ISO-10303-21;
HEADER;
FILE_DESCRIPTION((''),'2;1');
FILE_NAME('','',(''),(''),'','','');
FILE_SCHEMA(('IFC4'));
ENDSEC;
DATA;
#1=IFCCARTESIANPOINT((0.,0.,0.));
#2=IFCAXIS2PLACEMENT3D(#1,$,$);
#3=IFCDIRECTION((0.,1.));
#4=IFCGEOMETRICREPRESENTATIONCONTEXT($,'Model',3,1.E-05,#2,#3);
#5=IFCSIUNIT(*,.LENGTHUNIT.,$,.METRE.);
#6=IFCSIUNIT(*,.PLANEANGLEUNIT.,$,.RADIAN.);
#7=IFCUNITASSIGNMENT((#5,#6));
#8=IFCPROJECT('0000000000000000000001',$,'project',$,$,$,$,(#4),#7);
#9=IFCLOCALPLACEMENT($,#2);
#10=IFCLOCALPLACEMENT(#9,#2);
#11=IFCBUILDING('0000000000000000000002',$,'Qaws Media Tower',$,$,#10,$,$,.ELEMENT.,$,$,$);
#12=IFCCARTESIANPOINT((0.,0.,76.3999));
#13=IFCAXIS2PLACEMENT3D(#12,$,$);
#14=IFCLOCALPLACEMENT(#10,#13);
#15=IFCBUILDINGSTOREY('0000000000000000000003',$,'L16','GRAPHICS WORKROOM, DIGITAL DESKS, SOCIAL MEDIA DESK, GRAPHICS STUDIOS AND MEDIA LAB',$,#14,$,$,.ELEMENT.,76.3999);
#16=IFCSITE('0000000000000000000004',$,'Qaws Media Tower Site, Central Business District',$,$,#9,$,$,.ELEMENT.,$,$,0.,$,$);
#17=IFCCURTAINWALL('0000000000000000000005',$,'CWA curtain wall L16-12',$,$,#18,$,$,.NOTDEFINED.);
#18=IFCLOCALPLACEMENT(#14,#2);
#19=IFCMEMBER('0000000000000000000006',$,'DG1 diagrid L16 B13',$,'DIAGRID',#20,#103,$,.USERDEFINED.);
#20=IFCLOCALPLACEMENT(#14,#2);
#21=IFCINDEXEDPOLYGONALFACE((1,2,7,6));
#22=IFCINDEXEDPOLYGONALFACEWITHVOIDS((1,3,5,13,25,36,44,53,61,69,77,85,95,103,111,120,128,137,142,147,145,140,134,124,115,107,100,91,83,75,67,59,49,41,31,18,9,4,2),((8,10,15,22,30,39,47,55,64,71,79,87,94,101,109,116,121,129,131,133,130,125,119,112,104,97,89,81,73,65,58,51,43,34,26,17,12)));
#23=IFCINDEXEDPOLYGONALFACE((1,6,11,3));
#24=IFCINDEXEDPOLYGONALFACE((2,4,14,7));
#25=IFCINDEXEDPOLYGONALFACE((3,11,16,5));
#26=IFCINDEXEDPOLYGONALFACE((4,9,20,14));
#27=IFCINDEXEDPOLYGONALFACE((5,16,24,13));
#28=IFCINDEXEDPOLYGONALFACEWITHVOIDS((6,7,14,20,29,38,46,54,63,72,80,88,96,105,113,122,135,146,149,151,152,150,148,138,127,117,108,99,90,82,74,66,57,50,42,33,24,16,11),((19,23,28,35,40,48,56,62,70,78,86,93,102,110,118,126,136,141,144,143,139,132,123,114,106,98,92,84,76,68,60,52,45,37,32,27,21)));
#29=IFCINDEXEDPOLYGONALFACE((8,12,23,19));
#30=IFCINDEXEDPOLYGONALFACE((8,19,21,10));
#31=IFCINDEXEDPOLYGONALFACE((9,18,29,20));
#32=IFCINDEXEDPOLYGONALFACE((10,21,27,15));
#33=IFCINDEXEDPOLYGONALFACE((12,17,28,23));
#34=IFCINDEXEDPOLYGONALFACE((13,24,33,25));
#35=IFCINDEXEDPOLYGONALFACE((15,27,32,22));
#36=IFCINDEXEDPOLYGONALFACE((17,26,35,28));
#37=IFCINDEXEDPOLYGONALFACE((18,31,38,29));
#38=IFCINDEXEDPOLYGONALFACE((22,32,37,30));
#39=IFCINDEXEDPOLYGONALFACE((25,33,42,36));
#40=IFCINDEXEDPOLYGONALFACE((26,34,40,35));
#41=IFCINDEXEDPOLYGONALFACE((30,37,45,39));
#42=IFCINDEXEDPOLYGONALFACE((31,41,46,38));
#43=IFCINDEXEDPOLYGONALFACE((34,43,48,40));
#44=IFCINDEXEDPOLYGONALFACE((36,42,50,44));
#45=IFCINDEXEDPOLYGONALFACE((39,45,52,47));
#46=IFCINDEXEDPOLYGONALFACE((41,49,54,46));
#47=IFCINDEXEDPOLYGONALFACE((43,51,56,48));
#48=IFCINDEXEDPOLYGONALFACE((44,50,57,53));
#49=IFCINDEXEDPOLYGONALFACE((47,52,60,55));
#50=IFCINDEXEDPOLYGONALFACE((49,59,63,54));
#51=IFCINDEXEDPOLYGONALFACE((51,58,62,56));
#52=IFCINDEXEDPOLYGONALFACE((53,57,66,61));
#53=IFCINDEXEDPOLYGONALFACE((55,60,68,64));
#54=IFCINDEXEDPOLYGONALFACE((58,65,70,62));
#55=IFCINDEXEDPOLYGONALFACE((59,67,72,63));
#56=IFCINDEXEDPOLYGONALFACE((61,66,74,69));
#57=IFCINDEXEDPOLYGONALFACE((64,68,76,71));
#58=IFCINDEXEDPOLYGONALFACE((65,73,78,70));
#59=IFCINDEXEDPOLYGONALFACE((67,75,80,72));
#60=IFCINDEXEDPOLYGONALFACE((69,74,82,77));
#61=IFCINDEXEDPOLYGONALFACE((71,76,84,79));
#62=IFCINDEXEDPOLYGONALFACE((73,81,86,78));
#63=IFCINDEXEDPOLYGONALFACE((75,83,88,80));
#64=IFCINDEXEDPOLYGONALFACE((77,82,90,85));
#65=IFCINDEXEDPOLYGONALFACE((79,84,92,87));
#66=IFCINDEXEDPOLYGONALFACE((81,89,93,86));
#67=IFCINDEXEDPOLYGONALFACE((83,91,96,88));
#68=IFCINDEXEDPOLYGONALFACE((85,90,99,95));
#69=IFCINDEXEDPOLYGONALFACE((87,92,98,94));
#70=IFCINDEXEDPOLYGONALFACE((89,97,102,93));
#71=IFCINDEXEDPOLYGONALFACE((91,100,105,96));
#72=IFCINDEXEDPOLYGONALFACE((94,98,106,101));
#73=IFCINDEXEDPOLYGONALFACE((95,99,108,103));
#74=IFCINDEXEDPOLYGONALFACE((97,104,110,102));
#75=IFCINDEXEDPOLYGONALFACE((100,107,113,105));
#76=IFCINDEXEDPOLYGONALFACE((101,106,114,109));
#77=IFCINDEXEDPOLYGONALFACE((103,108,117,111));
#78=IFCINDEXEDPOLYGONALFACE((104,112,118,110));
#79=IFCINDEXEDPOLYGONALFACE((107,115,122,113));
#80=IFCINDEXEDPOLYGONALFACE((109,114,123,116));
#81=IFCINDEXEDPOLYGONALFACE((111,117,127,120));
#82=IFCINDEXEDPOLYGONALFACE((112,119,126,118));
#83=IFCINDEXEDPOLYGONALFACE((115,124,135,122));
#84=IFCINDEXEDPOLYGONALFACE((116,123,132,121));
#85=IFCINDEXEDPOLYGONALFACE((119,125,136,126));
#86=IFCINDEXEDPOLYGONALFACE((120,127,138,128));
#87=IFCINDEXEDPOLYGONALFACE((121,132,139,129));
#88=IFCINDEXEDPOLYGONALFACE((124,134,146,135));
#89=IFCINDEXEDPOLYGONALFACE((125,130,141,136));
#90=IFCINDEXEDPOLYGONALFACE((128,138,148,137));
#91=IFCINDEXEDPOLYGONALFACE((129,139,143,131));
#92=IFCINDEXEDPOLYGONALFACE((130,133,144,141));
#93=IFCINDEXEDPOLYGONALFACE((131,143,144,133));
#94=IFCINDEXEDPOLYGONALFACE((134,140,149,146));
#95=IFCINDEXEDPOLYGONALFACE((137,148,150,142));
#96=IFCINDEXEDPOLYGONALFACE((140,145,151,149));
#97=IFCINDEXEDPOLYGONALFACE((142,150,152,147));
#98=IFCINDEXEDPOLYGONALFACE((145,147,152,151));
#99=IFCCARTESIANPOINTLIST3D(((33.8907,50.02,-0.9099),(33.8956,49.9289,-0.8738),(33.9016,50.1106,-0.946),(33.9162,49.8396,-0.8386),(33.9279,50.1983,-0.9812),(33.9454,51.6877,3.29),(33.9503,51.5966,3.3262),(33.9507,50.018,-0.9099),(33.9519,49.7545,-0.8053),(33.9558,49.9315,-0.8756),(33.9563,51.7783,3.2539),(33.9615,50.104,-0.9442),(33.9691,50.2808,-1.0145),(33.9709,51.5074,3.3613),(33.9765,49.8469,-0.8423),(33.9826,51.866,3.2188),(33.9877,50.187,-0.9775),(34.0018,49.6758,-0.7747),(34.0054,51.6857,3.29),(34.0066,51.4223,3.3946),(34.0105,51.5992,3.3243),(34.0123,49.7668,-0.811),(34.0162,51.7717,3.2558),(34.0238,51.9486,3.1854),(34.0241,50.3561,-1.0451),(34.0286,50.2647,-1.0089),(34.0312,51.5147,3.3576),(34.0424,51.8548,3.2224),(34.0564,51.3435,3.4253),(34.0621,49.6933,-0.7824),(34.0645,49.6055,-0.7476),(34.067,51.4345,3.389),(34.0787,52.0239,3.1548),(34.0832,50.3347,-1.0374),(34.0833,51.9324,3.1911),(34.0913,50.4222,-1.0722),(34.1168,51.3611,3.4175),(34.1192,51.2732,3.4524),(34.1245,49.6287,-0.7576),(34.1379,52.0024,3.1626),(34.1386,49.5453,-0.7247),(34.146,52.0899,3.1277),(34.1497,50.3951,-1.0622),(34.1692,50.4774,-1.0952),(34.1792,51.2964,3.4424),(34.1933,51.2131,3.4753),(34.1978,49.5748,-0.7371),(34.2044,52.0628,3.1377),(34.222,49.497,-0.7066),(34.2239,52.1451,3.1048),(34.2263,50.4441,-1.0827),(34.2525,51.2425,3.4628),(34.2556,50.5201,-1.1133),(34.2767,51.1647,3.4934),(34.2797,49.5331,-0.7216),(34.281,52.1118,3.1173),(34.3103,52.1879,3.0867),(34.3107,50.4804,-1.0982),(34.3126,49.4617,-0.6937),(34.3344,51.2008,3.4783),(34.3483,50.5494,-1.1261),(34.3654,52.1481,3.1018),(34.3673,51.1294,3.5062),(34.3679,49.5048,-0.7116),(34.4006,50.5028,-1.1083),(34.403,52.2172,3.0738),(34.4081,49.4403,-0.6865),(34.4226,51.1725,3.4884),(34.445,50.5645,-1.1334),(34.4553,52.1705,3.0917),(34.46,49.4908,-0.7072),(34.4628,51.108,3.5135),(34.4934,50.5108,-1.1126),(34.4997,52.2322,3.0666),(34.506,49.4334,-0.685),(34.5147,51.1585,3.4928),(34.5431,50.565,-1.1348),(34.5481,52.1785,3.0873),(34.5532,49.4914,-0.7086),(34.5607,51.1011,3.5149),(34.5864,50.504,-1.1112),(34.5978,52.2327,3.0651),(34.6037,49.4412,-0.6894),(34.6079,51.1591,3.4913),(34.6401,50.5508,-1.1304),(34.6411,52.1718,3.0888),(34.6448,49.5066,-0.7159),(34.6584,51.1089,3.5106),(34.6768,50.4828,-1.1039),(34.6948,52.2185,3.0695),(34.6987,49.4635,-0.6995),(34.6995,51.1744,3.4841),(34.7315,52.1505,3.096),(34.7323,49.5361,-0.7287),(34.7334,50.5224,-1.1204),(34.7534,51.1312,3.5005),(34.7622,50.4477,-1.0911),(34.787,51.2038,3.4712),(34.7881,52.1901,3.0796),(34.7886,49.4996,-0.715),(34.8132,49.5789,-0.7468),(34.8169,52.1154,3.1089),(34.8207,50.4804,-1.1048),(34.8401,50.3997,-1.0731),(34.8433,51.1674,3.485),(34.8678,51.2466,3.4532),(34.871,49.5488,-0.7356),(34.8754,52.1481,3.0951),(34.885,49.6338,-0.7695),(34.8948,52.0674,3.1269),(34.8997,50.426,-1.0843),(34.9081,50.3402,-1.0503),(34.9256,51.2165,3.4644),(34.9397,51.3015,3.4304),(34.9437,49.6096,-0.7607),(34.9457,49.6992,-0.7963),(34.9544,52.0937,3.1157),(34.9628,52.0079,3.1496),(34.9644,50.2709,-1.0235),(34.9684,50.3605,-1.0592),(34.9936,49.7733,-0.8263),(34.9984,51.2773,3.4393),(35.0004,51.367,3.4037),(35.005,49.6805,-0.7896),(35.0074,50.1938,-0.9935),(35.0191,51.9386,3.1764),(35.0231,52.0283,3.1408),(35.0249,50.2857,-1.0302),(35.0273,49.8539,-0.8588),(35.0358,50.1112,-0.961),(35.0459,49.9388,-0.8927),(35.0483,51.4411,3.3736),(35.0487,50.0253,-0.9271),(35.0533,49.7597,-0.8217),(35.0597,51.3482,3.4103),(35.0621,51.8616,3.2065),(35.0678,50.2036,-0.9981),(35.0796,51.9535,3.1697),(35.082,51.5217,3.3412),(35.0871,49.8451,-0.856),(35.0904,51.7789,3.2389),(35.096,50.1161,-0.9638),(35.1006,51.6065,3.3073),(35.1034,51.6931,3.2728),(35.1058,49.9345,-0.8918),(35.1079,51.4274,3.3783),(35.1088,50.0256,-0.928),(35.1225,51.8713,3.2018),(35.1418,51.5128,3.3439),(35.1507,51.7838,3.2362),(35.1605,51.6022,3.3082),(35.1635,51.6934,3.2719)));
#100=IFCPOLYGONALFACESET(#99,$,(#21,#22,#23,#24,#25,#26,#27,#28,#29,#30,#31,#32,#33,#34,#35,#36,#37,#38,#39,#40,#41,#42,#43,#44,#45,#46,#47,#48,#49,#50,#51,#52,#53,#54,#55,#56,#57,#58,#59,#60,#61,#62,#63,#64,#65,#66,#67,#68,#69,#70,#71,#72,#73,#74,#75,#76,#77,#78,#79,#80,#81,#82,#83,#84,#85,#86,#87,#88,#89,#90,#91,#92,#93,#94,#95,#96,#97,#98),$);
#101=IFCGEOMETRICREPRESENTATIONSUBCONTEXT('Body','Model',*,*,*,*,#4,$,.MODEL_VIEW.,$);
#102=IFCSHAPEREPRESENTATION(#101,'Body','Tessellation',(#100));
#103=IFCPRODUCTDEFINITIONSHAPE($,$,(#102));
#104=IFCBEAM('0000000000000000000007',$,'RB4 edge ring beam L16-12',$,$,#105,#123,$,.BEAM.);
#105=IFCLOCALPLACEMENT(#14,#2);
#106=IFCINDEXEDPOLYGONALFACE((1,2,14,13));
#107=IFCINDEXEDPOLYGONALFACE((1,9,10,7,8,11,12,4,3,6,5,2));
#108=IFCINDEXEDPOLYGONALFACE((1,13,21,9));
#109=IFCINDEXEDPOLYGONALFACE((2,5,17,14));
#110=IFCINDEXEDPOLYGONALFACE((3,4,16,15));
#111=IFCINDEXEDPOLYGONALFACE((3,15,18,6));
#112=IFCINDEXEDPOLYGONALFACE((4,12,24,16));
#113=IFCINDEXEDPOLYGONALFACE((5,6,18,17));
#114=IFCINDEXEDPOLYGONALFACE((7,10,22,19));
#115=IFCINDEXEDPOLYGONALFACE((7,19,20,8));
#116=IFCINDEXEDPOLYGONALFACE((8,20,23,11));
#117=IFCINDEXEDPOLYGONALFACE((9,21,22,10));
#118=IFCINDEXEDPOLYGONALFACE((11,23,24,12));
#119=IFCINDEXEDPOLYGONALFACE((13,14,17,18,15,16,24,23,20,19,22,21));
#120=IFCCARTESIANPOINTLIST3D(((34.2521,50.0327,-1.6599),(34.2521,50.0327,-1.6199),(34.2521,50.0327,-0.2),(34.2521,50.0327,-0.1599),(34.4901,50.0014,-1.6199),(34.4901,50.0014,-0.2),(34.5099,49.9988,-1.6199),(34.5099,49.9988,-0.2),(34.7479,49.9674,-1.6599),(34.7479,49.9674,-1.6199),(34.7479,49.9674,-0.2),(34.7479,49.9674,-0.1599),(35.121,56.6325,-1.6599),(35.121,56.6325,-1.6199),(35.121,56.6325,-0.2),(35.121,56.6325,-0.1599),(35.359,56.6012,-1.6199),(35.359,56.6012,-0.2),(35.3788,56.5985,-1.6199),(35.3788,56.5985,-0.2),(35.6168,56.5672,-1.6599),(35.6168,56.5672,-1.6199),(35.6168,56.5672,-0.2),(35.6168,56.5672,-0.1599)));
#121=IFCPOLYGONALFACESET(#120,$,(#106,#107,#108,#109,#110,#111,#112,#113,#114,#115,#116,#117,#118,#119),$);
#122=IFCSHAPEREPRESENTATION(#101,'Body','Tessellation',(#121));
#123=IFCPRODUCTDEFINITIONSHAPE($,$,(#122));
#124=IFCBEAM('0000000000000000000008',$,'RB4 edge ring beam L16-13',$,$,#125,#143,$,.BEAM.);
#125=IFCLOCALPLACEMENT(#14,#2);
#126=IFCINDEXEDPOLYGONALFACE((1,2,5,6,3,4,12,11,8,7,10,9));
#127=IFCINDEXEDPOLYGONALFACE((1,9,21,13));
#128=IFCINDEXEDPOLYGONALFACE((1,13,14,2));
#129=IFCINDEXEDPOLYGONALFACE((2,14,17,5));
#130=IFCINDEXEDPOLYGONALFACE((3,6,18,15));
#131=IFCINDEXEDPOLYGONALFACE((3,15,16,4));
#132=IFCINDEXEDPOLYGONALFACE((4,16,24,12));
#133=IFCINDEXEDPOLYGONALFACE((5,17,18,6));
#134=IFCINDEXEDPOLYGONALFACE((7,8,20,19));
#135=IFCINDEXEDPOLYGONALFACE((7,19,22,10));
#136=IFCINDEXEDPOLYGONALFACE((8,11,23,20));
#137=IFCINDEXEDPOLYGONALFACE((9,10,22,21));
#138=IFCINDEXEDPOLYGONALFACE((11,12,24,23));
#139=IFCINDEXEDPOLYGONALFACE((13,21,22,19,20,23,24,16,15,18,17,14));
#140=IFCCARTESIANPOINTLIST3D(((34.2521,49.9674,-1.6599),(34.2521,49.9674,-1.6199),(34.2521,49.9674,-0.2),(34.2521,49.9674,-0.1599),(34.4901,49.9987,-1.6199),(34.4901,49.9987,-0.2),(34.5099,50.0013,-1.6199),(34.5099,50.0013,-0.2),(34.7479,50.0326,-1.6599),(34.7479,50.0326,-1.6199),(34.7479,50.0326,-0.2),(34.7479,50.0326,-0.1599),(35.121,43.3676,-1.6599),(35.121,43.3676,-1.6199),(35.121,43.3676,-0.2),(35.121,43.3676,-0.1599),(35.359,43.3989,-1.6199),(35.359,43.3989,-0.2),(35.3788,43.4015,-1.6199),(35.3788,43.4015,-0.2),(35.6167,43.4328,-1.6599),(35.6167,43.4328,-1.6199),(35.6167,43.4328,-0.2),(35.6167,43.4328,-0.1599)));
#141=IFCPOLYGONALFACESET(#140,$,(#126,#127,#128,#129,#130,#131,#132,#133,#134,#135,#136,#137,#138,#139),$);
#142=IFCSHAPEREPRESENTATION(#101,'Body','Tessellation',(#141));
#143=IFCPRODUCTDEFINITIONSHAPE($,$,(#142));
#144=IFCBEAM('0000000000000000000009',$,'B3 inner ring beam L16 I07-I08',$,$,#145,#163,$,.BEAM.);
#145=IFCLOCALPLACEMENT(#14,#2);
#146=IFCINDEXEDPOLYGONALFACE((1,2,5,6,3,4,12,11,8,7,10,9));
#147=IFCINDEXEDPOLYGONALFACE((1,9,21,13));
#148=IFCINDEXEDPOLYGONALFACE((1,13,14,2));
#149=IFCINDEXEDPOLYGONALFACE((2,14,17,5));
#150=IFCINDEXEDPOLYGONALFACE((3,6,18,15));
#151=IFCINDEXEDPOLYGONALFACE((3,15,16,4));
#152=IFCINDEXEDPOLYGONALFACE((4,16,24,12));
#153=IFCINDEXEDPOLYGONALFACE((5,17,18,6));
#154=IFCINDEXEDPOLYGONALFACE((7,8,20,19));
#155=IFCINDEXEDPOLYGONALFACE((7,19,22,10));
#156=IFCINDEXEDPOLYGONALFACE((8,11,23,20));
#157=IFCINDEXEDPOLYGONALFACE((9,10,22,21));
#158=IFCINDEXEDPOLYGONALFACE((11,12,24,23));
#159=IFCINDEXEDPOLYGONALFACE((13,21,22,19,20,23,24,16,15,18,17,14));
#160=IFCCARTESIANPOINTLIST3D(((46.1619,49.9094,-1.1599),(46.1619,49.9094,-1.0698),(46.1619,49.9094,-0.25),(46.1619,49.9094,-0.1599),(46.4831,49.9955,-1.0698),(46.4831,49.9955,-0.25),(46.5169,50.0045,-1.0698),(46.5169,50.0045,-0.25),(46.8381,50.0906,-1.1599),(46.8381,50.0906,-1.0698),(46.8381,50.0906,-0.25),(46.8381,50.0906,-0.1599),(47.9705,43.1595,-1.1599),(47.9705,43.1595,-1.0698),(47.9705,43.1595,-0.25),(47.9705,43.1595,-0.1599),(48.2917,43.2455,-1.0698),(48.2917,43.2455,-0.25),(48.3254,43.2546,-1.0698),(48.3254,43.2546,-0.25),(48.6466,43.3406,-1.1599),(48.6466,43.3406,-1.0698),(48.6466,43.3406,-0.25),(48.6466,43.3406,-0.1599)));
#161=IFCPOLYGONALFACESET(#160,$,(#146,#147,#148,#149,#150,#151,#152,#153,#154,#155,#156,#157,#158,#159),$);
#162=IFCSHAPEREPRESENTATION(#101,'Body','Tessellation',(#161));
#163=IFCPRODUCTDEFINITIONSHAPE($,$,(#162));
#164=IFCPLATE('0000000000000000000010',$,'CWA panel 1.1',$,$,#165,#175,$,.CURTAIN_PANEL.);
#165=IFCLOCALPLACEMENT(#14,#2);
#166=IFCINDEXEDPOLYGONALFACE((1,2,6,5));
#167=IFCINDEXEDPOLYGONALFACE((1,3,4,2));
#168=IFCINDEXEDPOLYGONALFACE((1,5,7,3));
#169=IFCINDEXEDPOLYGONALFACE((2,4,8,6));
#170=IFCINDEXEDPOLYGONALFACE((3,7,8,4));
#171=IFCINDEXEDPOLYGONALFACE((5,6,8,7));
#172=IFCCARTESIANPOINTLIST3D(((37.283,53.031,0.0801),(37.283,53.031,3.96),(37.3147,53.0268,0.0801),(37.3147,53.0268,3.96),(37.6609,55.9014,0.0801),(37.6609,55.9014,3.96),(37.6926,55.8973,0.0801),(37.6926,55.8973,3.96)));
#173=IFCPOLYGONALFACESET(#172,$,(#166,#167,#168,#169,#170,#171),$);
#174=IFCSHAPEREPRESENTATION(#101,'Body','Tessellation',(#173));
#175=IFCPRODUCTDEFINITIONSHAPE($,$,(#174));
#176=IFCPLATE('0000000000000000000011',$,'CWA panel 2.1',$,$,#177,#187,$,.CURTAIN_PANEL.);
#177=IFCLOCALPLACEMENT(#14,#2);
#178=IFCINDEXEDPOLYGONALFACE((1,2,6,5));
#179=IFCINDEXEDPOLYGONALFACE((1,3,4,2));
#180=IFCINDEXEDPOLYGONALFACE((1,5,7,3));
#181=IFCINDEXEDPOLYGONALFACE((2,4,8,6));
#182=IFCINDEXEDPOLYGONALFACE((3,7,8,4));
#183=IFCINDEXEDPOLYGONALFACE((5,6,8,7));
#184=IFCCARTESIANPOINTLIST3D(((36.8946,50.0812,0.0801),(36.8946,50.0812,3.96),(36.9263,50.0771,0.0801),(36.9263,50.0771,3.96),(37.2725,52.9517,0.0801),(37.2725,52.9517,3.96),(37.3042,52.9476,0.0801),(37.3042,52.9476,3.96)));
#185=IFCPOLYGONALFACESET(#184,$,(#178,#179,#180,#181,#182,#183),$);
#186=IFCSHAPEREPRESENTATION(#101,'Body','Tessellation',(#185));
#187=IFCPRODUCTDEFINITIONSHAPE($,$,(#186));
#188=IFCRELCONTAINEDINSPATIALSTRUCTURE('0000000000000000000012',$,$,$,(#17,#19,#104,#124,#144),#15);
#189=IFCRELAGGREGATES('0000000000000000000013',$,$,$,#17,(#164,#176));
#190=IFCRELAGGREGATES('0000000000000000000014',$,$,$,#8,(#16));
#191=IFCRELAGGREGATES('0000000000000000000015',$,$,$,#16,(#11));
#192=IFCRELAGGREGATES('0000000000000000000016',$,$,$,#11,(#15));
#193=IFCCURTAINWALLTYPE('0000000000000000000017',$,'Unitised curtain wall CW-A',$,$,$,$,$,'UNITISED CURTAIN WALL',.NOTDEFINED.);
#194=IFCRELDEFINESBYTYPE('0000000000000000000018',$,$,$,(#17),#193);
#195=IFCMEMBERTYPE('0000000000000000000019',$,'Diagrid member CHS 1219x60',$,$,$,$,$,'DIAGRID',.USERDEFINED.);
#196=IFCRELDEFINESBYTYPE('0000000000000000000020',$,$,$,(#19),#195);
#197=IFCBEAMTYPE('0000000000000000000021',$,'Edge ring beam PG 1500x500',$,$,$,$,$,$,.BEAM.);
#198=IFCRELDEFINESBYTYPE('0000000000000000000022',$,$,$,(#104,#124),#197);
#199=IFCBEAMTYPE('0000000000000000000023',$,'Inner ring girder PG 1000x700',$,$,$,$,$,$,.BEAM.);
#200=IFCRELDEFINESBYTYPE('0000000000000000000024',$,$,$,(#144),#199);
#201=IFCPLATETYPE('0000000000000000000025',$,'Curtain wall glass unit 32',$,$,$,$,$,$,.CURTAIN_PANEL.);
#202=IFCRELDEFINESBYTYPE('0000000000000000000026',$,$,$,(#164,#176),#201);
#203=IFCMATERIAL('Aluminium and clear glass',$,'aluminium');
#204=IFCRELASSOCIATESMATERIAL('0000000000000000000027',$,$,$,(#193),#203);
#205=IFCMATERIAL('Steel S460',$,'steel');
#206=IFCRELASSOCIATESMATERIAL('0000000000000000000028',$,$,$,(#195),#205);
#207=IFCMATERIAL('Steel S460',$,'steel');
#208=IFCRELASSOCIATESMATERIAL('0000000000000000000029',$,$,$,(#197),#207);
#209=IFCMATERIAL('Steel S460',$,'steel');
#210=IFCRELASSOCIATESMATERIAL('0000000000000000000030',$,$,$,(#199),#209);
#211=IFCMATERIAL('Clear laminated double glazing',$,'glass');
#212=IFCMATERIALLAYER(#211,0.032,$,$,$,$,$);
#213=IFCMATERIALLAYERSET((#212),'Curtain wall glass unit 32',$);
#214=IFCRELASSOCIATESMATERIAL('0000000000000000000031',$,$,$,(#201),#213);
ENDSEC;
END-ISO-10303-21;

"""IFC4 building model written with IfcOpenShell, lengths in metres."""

from ifc_helpers import new_model, si_unit, direction, frame, origin, origin_2d, place, context, subcontext, project, spatial, rectangle, hollow_circle, i_section, extrude, material, layer, layer_set, material_profile, profile_set, type_object, element, aggregate, save


model = new_model("IFC4")

# Units and contexts
model_context = context("Model", 3, precision=1e-05, world=origin(), true_north=direction((0.0, 1.0)))
body_context = subcontext(model_context, "Body", "Model", "MODEL_VIEW")
ifc_project = project(units=[si_unit("LENGTHUNIT", "METRE"), si_unit("PLANEANGLEUNIT", "RADIAN")], contexts=[model_context])

# Site, building, storey
site_placement = place(None, origin())
site = spatial("IfcSite", under=ifc_project, at=site_placement, Name="Qaws Media Tower Site, Central Business District", CompositionType="ELEMENT", RefElevation=0.0)
building_placement = place(site_placement, origin())
building = spatial("IfcBuilding", under=site, at=building_placement, Name="Qaws Media Tower", CompositionType="ELEMENT")
storey_placement = place(building_placement, frame((0.0, 0.0, 76.3999)))
storey = spatial("IfcBuildingStorey", under=building, at=storey_placement, Name="L16", Description="GRAPHICS WORKROOM, DIGITAL DESKS, SOCIAL MEDIA DESK, GRAPHICS STUDIOS AND MEDIA LAB", CompositionType="ELEMENT", Elevation=76.3999)

# Shared definitions
ifc_material_1 = material(Name="Aluminium and clear glass", Category="aluminium")
curtain_wall_type = type_object("IfcCurtainWallType", Name="Unitised curtain wall CW-A", ElementType="UNITISED CURTAIN WALL", PredefinedType="NOTDEFINED", material=ifc_material_1)

# Curtain wall
curtain_wall_1_placement = place(storey_placement, origin())
curtain_wall_1 = element("IfcCurtainWall", 1, at=curtain_wall_1_placement, inside=storey, type_object=curtain_wall_type, Name="CWA curtain wall L16-12", PredefinedType="NOTDEFINED")

# Member
ifc_material_2 = material(Name="Steel S460", Category="steel")
ifc_material_profile_1 = material_profile(ifc_material_2, hollow_circle(Radius=0.6096, WallThickness=0.0601, at=origin_2d()), Name="CHS 1219x60")
ifc_profile_set_1 = profile_set([ifc_material_profile_1], Name="Steel S460")
member_type_1 = type_object("IfcMemberType", Name="Diagrid member CHS 1219x60", ElementType="DIAGRID", PredefinedType="USERDEFINED", material=ifc_profile_set_1)
for number, where, z_axis, x_axis, name in (
    (2, (34.5, 50.0, -0.9099), (0.012101, 0.369024, 0.929341), (-0.999463, 0.032774, 0.0), "DG1 diagrid L16 B13"),
):
    element("IfcMember", number, at=place(storey_placement, frame(where, z_axis=z_axis, x_axis=x_axis)), inside=storey, type_object=member_type_1, Name=name, ObjectType="DIAGRID", PredefinedType="USERDEFINED", context=body_context, shape_type="SweptSolid", body=[
        extrude(hollow_circle(Radius=0.6096, WallThickness=0.0601, at=origin_2d()), origin(), (0.0, 0.0, 1.0), 4.5193),
    ])

# Beams
ifc_material_3 = material(Name="Steel S460", Category="steel")
ifc_material_profile_2 = material_profile(ifc_material_3, i_section(OverallWidth=0.5, OverallDepth=1.5, WebThickness=0.02, FlangeThickness=0.04, at=origin_2d()), Name="PG 1500x500")
ifc_profile_set_2 = profile_set([ifc_material_profile_2], Name="Steel S460")
beam_type_1 = type_object("IfcBeamType", Name="Edge ring beam PG 1500x500", PredefinedType="BEAM", material=ifc_profile_set_2)
for number, where, z_axis, x_axis, name in (
    (3, (35.3689, 56.5999, -0.9099), (-0.130528, -0.991445, 0.0), (0.991445, -0.130528, 0.0), "RB4 edge ring beam L16-12"),
    (4, (34.5, 50.0, -0.9099), (0.130528, -0.991445, 0.0), (0.991445, 0.130528, 0.0), "RB4 edge ring beam L16-13"),
):
    element("IfcBeam", number, at=place(storey_placement, frame(where, z_axis=z_axis, x_axis=x_axis)), inside=storey, type_object=beam_type_1, Name=name, PredefinedType="BEAM", context=body_context, shape_type="SweptSolid", body=[
        extrude(i_section(OverallWidth=0.5, OverallDepth=1.5, WebThickness=0.02, FlangeThickness=0.04, at=origin_2d()), origin(), (0.0, 0.0, 1.0), 6.6567),
    ])
ifc_material_4 = material(Name="Steel S460", Category="steel")
ifc_material_profile_3 = material_profile(ifc_material_4, i_section(OverallWidth=0.7, OverallDepth=1.0, WebThickness=0.0349, FlangeThickness=0.0901, at=origin_2d()), Name="PG 1000x700")
ifc_profile_set_3 = profile_set([ifc_material_profile_3], Name="Steel S460")
beam_type_2 = type_object("IfcBeamType", Name="Inner ring girder PG 1000x700", PredefinedType="BEAM", material=ifc_profile_set_3)
beam_placement = place(storey_placement, frame((46.5, 50.0, -0.6599), z_axis=(0.258811, -0.965928, 0.0), x_axis=(0.965928, 0.258811, 0.0)))
element("IfcBeam", 5, at=beam_placement, inside=storey, type_object=beam_type_2, Name="B3 inner ring beam L16 I07-I08", PredefinedType="BEAM", context=body_context, shape_type="SweptSolid", body=[
    extrude(i_section(OverallWidth=0.7, OverallDepth=1.0, WebThickness=0.0349, FlangeThickness=0.0901, at=origin_2d()), origin(), (0.0, 0.0, 1.0), 6.988),
])

# Plates
ifc_material_5 = material(Name="Clear laminated double glazing", Category="glass")
ifc_layer_1 = layer(ifc_material_5, 0.032)
ifc_layer_set_1 = layer_set([ifc_layer_1], Name="Curtain wall glass unit 32")
plate_type_1 = type_object("IfcPlateType", Name="Curtain wall glass unit 32", PredefinedType="CURTAIN_PANEL", material=ifc_layer_set_1)
plate_1_placement = place(storey_placement, frame((37.4878, 54.4641, 0.0801), z_axis=(0.0, 0.0, 1.0), x_axis=(-0.130526, -0.991445, 0.0)))
plate_1 = element("IfcPlate", 6, at=plate_1_placement, type_object=plate_type_1, Name="CWA panel 1.1", PredefinedType="CURTAIN_PANEL", context=body_context, shape_type="SweptSolid", body=[
    extrude(rectangle(XDim=2.8953, YDim=0.032, at=origin_2d()), origin(), (0.0, 0.0, 1.0), 3.8799),
])
plate_2_placement = place(storey_placement, frame((37.0994, 51.5144, 0.0801), z_axis=(0.0, 0.0, 1.0), x_axis=(-0.130526, -0.991445, 0.0)))
plate_2 = element("IfcPlate", 7, at=plate_2_placement, type_object=plate_type_1, Name="CWA panel 2.1", PredefinedType="CURTAIN_PANEL", context=body_context, shape_type="SweptSolid", body=[
    extrude(rectangle(XDim=2.8953, YDim=0.032, at=origin_2d()), origin(), (0.0, 0.0, 1.0), 3.8799),
])
aggregate(curtain_wall_1, [plate_1, plate_2])

save(model, "model.ifc")
